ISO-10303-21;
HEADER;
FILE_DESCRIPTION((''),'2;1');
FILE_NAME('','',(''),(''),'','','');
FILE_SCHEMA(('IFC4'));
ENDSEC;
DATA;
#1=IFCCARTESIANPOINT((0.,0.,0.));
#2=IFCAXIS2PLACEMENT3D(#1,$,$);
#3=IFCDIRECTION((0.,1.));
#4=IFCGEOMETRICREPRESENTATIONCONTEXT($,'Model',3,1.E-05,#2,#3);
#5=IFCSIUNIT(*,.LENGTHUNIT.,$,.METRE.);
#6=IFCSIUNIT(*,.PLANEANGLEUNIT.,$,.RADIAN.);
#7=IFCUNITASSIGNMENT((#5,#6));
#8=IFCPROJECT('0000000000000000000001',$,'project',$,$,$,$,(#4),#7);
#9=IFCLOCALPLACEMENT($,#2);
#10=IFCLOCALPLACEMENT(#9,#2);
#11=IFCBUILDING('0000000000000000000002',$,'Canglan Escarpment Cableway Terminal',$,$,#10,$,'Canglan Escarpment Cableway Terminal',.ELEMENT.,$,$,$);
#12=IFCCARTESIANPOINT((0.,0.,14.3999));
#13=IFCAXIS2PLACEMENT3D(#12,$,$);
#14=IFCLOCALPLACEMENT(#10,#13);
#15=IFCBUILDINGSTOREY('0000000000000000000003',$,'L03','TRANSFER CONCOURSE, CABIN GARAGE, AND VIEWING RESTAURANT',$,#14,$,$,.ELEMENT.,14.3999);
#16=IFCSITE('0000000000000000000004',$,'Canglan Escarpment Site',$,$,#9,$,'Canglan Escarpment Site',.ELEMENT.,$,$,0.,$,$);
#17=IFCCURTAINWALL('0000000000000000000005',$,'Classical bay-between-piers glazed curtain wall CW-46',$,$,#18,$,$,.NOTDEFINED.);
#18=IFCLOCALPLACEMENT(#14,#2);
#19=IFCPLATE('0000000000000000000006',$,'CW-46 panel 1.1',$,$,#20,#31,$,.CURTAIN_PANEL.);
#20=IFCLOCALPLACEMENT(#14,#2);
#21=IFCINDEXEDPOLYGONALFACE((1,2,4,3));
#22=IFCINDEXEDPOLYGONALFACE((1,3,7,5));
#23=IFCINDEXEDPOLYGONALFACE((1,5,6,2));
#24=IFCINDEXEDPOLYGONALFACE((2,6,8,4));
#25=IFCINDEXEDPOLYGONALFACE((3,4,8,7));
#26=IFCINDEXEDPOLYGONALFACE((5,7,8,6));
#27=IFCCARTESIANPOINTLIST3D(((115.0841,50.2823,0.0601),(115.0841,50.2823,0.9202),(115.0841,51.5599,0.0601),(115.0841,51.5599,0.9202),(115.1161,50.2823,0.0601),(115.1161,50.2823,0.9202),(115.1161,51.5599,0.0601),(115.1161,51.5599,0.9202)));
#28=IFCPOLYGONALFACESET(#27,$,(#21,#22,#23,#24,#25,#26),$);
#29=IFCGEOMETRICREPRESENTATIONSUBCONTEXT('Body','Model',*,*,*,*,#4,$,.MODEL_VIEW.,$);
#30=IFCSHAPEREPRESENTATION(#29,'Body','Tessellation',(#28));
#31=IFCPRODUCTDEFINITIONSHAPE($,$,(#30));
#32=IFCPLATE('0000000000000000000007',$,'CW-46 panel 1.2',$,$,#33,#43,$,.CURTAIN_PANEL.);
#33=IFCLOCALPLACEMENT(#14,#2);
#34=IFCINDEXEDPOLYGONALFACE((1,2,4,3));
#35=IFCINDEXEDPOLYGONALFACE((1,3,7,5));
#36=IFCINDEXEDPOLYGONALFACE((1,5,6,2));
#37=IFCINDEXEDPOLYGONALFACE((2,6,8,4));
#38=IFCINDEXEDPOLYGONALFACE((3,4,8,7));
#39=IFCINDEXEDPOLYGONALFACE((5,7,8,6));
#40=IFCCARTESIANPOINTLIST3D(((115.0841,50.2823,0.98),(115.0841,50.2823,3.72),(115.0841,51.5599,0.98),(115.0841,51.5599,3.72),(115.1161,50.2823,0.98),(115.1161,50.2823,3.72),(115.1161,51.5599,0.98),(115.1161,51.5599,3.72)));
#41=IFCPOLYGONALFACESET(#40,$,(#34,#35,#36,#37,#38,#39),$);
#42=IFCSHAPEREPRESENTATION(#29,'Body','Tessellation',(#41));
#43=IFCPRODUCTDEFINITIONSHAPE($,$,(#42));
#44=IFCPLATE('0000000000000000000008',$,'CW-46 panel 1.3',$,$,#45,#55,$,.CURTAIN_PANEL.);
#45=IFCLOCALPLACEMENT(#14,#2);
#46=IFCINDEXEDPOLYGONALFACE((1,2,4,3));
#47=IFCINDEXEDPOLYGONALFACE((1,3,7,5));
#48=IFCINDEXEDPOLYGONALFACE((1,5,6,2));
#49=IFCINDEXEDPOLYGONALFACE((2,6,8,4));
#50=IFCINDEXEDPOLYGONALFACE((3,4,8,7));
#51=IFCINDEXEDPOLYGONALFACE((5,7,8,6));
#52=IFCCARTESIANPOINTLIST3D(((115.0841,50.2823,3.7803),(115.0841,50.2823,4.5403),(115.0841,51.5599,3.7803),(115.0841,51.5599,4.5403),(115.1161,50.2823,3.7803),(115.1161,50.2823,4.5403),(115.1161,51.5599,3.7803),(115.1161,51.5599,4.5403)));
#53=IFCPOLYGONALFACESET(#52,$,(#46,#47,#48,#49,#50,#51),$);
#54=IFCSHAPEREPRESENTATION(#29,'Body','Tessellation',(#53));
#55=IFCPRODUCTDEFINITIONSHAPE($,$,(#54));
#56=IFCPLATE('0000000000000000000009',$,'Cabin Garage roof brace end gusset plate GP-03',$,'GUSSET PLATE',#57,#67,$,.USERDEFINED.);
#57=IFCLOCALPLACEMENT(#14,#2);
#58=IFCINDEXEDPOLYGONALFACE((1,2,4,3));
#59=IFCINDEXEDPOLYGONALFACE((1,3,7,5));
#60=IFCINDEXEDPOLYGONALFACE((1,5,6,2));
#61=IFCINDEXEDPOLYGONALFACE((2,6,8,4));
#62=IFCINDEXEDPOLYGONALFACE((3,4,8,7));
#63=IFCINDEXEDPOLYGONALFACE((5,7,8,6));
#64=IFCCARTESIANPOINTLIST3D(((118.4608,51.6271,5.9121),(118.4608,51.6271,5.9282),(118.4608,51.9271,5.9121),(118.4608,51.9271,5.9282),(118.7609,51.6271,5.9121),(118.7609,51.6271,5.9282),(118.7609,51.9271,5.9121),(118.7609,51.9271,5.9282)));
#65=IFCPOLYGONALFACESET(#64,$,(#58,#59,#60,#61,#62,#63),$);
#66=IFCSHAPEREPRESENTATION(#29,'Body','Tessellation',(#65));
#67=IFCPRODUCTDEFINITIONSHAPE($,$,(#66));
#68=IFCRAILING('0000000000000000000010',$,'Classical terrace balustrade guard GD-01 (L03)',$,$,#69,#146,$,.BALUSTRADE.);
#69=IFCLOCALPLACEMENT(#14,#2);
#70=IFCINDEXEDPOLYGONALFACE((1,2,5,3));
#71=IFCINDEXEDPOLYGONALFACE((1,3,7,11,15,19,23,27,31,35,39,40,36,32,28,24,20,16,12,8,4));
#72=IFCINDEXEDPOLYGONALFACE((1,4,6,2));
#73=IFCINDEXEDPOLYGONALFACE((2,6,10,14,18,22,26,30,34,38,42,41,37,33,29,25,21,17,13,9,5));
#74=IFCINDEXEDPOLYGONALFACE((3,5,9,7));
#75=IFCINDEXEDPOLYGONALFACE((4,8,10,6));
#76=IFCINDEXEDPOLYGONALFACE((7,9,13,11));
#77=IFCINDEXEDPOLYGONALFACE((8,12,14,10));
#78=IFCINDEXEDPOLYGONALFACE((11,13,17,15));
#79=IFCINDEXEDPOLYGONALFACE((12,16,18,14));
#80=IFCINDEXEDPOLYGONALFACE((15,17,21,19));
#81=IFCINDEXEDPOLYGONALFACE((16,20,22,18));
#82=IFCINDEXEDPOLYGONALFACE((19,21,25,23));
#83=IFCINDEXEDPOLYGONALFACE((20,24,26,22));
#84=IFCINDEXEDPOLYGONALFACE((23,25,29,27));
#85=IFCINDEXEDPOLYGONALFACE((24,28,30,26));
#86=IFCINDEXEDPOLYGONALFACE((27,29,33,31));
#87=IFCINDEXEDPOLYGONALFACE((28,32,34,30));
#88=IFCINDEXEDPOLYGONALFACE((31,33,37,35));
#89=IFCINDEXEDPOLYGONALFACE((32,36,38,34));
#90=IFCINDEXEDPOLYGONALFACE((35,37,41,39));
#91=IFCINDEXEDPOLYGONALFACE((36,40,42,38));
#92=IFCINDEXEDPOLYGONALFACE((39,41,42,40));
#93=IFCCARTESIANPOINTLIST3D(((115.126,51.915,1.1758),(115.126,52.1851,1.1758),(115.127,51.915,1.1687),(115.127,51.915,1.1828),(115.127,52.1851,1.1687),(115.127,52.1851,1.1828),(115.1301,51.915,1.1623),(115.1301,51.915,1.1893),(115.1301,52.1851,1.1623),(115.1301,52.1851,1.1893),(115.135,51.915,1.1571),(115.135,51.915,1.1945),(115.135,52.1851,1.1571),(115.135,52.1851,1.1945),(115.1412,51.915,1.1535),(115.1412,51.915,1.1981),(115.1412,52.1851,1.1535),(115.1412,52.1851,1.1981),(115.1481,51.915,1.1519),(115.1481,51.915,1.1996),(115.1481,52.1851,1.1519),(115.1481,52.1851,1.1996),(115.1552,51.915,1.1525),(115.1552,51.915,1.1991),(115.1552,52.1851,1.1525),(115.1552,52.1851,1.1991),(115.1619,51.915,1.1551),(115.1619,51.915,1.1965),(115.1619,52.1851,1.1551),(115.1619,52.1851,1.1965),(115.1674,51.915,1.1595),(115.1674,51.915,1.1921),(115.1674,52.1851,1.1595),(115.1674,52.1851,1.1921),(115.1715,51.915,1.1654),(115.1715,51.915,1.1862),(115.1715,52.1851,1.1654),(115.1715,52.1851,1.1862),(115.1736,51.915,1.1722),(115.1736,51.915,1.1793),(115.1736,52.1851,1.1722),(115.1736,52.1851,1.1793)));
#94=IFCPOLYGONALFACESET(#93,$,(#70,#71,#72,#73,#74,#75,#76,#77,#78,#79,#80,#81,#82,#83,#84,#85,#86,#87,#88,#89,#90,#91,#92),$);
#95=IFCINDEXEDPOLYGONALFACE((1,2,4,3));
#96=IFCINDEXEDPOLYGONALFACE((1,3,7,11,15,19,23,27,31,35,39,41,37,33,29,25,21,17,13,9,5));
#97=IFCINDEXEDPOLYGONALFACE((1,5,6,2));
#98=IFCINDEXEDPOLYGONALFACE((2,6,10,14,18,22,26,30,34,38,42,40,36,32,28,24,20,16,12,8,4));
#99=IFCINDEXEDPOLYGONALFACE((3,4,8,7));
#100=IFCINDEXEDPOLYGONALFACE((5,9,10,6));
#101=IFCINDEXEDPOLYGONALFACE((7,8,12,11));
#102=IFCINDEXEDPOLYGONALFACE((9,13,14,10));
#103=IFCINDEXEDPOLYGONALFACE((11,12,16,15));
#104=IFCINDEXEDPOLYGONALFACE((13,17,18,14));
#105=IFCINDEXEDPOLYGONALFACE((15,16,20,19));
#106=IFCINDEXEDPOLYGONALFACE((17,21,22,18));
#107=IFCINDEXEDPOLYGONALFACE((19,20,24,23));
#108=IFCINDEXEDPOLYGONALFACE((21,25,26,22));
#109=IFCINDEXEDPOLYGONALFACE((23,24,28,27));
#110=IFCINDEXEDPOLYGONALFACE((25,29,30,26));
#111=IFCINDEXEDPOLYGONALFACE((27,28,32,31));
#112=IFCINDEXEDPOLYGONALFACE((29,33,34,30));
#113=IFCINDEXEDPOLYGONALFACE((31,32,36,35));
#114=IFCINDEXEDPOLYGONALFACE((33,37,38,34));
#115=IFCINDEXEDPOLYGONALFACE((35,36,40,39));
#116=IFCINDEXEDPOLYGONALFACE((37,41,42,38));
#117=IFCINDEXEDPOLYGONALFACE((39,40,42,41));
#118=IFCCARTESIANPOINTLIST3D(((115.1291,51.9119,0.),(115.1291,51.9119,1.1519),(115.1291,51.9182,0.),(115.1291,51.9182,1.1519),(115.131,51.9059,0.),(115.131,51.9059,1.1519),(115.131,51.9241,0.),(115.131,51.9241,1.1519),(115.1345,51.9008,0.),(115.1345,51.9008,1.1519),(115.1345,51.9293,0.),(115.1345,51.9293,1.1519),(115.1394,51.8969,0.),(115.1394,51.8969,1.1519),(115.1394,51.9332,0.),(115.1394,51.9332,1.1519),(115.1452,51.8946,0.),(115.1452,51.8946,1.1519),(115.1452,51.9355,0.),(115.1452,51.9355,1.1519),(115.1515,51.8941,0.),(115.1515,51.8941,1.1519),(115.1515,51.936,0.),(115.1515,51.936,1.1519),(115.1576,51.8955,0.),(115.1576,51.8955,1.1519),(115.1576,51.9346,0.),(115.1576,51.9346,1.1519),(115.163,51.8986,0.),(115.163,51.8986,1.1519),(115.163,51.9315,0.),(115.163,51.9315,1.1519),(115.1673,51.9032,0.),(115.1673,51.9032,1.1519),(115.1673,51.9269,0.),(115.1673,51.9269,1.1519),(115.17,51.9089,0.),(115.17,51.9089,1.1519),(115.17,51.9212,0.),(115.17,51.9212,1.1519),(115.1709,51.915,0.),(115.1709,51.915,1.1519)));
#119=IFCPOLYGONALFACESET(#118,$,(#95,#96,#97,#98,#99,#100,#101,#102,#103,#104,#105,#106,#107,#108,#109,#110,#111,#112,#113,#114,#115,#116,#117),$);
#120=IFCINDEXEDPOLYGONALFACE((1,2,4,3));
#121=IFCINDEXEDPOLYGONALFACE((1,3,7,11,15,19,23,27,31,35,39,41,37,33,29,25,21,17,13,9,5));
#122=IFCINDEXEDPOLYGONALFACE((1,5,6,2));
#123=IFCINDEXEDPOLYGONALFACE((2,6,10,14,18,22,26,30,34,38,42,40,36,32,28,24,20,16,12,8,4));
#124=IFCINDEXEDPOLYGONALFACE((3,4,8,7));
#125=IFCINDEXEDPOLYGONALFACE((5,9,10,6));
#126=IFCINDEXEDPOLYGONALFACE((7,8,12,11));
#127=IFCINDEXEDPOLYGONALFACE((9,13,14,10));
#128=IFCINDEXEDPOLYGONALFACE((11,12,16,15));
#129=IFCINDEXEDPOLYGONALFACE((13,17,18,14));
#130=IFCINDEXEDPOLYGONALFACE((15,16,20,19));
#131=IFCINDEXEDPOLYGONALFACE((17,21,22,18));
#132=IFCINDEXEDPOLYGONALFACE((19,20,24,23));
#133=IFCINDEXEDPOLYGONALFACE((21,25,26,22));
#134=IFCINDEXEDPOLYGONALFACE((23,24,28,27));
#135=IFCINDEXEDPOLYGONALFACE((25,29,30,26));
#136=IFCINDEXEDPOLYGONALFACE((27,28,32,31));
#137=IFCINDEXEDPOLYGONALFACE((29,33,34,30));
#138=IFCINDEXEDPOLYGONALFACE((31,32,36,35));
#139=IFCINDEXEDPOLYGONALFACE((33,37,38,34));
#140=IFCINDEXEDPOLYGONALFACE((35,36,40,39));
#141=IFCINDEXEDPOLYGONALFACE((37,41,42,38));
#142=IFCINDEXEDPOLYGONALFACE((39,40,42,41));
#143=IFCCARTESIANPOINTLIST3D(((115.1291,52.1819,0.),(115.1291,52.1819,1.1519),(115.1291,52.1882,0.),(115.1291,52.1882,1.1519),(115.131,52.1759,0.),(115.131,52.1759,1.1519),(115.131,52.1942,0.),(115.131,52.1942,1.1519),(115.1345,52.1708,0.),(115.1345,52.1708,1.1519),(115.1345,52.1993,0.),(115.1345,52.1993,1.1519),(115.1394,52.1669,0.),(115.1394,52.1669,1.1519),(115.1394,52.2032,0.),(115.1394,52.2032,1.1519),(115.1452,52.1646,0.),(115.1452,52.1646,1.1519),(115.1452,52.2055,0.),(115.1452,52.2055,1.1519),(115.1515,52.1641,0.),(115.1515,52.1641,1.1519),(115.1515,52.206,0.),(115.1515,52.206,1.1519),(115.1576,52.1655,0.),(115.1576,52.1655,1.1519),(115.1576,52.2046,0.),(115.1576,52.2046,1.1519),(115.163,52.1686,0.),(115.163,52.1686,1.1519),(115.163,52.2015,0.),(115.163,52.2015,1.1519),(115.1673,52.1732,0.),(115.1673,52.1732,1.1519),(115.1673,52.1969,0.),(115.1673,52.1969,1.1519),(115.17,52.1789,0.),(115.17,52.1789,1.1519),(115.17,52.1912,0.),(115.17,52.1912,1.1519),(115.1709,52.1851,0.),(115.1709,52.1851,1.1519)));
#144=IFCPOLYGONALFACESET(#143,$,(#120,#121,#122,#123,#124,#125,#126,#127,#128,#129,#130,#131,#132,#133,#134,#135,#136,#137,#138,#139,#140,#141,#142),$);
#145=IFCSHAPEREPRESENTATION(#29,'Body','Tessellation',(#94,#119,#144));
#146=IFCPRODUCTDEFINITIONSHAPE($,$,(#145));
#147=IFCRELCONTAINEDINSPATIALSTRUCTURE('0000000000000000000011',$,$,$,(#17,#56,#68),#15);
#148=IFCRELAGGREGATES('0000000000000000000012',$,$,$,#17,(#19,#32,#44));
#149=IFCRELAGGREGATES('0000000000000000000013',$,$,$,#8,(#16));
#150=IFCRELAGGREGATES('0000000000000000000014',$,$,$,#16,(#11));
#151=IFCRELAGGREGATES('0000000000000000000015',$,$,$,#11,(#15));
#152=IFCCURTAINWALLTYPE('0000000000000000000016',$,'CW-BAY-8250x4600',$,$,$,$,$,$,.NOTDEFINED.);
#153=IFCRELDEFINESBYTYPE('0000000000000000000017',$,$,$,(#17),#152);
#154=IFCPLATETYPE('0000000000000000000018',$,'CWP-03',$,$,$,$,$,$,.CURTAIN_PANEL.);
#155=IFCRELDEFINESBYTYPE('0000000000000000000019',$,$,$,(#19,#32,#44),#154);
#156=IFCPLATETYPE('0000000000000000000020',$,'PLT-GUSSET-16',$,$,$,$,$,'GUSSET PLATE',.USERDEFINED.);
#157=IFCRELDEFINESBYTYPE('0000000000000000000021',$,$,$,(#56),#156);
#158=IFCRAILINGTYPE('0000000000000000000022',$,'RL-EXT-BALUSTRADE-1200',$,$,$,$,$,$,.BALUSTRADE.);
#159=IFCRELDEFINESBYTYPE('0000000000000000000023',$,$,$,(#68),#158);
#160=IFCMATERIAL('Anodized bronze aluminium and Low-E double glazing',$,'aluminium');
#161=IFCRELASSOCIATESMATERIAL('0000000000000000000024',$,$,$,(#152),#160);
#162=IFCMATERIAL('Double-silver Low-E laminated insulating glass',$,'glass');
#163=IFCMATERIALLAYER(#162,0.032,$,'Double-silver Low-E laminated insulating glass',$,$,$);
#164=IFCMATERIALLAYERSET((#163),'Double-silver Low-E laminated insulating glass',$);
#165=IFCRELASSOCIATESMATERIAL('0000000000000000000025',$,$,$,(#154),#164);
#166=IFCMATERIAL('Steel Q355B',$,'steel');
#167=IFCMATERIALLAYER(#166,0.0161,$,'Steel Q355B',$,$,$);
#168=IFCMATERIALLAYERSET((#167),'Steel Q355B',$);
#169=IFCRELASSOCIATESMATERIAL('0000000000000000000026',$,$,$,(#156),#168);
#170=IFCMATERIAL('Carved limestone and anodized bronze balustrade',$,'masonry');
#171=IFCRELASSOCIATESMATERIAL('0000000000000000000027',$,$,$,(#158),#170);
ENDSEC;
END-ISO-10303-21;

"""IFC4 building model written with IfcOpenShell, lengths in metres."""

from ifc_helpers import new_model, si_unit, direction, frame, origin, origin_2d, place, context, subcontext, project, spatial, rectangle, circle, extrude, material, layer, layer_set, type_object, element, aggregate, save


model = new_model("IFC4")

# Units and contexts
model_context = context("Model", 3, precision=1e-05, world=origin(), true_north=direction((0.0, 1.0)))
body_context = subcontext(model_context, "Body", "Model", "MODEL_VIEW")
ifc_project = project(units=[si_unit("LENGTHUNIT", "METRE"), si_unit("PLANEANGLEUNIT", "RADIAN")], contexts=[model_context])

# Site, building, storey
site_placement = place(None, origin())
site = spatial("IfcSite", under=ifc_project, at=site_placement, Name="Canglan Escarpment Site", LongName="Canglan Escarpment Site", CompositionType="ELEMENT", RefElevation=0.0)
building_placement = place(site_placement, origin())
building = spatial("IfcBuilding", under=site, at=building_placement, Name="Canglan Escarpment Cableway Terminal", LongName="Canglan Escarpment Cableway Terminal", CompositionType="ELEMENT")
storey_placement = place(building_placement, frame((0.0, 0.0, 14.3999)))
storey = spatial("IfcBuildingStorey", under=building, at=storey_placement, Name="L03", Description="TRANSFER CONCOURSE, CABIN GARAGE, AND VIEWING RESTAURANT", CompositionType="ELEMENT", Elevation=14.3999)

# Shared definitions
ifc_material_1 = material(Name="Steel Q355B", Category="steel")

# Curtain wall
ifc_material_2 = material(Name="Anodized bronze aluminium and Low-E double glazing", Category="aluminium")
curtain_wall_type = type_object("IfcCurtainWallType", Name="CW-BAY-8250x4600", PredefinedType="NOTDEFINED", material=ifc_material_2)
curtain_wall_placement = place(storey_placement, origin())
curtain_wall = element("IfcCurtainWall", 1, at=curtain_wall_placement, inside=storey, type_object=curtain_wall_type, Name="Classical bay-between-piers glazed curtain wall CW-46", PredefinedType="NOTDEFINED")

# Plates
ifc_material_3 = material(Name="Double-silver Low-E laminated insulating glass", Category="glass")
ifc_layer_1 = layer(ifc_material_3, 0.032, Name="Double-silver Low-E laminated insulating glass")
ifc_layer_set_1 = layer_set([ifc_layer_1], Name="Double-silver Low-E laminated insulating glass")
plate_type_1 = type_object("IfcPlateType", Name="CWP-03", PredefinedType="CURTAIN_PANEL", material=ifc_layer_set_1)
plate_1_placement = place(storey_placement, frame((115.1001, 50.9211, 0.0601), z_axis=(0.0, 0.0, 1.0), x_axis=(0.0, -1.0, 0.0)))
plate_1 = element("IfcPlate", 2, at=plate_1_placement, type_object=plate_type_1, Name="CW-46 panel 1.1", PredefinedType="CURTAIN_PANEL", context=body_context, shape_type="SweptSolid", body=[
    extrude(rectangle(XDim=1.2776, YDim=0.032, at=origin_2d()), origin(), (0.0, 0.0, 1.0), 0.8601),
])
plate_2_placement = place(storey_placement, frame((115.1001, 50.9211, 0.98), z_axis=(0.0, 0.0, 1.0), x_axis=(0.0, -1.0, 0.0)))
plate_2 = element("IfcPlate", 3, at=plate_2_placement, type_object=plate_type_1, Name="CW-46 panel 1.2", PredefinedType="CURTAIN_PANEL", context=body_context, shape_type="SweptSolid", body=[
    extrude(rectangle(XDim=1.2776, YDim=0.032, at=origin_2d()), origin(), (0.0, 0.0, 1.0), 2.74),
])
plate_3_placement = place(storey_placement, frame((115.1001, 50.9211, 3.7803), z_axis=(0.0, 0.0, 1.0), x_axis=(0.0, -1.0, 0.0)))
plate_3 = element("IfcPlate", 4, at=plate_3_placement, type_object=plate_type_1, Name="CW-46 panel 1.3", PredefinedType="CURTAIN_PANEL", context=body_context, shape_type="SweptSolid", body=[
    extrude(rectangle(XDim=1.2776, YDim=0.032, at=origin_2d()), origin(), (0.0, 0.0, 1.0), 0.76),
])
aggregate(curtain_wall, [plate_1, plate_2, plate_3])
ifc_layer_2 = layer(ifc_material_1, 0.0161, Name="Steel Q355B")
ifc_layer_set_2 = layer_set([ifc_layer_2], Name="Steel Q355B")
plate_type_2 = type_object("IfcPlateType", Name="PLT-GUSSET-16", ElementType="GUSSET PLATE", PredefinedType="USERDEFINED", material=ifc_layer_set_2)
plate_4_placement = place(storey_placement, frame((118.6108, 51.7771, 5.9121), z_axis=(0.0, 0.0, 1.0), x_axis=(1.0, 0.0, 0.0)))
element("IfcPlate", 5, at=plate_4_placement, inside=storey, type_object=plate_type_2, Name="Cabin Garage roof brace end gusset plate GP-03", ObjectType="GUSSET PLATE", PredefinedType="USERDEFINED", context=body_context, shape_type="SweptSolid", body=[
    extrude(rectangle(XDim=0.3, YDim=0.3, at=origin_2d()), origin(), (0.0, 0.0, 1.0), 0.0161),
])

# Railing
ifc_material_4 = material(Name="Carved limestone and anodized bronze balustrade", Category="masonry")
railing_type = type_object("IfcRailingType", Name="RL-EXT-BALUSTRADE-1200", PredefinedType="BALUSTRADE", material=ifc_material_4)
railing_placement = place(storey_placement, frame((115.1499, 51.915, 0.0)))
element("IfcRailing", 6, at=railing_placement, inside=storey, type_object=railing_type, Name="Classical terrace balustrade guard GD-01 (L03)", PredefinedType="BALUSTRADE", context=body_context, shape_type="SweptSolid", body=[
    extrude(circle(Radius=0.0239, at=origin_2d()), frame((0.0, 0.0, 1.1758), z_axis=(0.0, 1.0, 0.0), x_axis=(-1.0, 0.0, 0.0)), (0.0, 0.0, 1.0), 0.27),
    extrude(circle(Radius=0.021, at=origin_2d()), origin(), (0.0, 0.0, 1.0), 1.1519),
    extrude(circle(Radius=0.021, at=origin_2d()), frame((0.0, 0.27, 0.0)), (0.0, 0.0, 1.0), 1.1519),
])

save(model, "model.ifc")
